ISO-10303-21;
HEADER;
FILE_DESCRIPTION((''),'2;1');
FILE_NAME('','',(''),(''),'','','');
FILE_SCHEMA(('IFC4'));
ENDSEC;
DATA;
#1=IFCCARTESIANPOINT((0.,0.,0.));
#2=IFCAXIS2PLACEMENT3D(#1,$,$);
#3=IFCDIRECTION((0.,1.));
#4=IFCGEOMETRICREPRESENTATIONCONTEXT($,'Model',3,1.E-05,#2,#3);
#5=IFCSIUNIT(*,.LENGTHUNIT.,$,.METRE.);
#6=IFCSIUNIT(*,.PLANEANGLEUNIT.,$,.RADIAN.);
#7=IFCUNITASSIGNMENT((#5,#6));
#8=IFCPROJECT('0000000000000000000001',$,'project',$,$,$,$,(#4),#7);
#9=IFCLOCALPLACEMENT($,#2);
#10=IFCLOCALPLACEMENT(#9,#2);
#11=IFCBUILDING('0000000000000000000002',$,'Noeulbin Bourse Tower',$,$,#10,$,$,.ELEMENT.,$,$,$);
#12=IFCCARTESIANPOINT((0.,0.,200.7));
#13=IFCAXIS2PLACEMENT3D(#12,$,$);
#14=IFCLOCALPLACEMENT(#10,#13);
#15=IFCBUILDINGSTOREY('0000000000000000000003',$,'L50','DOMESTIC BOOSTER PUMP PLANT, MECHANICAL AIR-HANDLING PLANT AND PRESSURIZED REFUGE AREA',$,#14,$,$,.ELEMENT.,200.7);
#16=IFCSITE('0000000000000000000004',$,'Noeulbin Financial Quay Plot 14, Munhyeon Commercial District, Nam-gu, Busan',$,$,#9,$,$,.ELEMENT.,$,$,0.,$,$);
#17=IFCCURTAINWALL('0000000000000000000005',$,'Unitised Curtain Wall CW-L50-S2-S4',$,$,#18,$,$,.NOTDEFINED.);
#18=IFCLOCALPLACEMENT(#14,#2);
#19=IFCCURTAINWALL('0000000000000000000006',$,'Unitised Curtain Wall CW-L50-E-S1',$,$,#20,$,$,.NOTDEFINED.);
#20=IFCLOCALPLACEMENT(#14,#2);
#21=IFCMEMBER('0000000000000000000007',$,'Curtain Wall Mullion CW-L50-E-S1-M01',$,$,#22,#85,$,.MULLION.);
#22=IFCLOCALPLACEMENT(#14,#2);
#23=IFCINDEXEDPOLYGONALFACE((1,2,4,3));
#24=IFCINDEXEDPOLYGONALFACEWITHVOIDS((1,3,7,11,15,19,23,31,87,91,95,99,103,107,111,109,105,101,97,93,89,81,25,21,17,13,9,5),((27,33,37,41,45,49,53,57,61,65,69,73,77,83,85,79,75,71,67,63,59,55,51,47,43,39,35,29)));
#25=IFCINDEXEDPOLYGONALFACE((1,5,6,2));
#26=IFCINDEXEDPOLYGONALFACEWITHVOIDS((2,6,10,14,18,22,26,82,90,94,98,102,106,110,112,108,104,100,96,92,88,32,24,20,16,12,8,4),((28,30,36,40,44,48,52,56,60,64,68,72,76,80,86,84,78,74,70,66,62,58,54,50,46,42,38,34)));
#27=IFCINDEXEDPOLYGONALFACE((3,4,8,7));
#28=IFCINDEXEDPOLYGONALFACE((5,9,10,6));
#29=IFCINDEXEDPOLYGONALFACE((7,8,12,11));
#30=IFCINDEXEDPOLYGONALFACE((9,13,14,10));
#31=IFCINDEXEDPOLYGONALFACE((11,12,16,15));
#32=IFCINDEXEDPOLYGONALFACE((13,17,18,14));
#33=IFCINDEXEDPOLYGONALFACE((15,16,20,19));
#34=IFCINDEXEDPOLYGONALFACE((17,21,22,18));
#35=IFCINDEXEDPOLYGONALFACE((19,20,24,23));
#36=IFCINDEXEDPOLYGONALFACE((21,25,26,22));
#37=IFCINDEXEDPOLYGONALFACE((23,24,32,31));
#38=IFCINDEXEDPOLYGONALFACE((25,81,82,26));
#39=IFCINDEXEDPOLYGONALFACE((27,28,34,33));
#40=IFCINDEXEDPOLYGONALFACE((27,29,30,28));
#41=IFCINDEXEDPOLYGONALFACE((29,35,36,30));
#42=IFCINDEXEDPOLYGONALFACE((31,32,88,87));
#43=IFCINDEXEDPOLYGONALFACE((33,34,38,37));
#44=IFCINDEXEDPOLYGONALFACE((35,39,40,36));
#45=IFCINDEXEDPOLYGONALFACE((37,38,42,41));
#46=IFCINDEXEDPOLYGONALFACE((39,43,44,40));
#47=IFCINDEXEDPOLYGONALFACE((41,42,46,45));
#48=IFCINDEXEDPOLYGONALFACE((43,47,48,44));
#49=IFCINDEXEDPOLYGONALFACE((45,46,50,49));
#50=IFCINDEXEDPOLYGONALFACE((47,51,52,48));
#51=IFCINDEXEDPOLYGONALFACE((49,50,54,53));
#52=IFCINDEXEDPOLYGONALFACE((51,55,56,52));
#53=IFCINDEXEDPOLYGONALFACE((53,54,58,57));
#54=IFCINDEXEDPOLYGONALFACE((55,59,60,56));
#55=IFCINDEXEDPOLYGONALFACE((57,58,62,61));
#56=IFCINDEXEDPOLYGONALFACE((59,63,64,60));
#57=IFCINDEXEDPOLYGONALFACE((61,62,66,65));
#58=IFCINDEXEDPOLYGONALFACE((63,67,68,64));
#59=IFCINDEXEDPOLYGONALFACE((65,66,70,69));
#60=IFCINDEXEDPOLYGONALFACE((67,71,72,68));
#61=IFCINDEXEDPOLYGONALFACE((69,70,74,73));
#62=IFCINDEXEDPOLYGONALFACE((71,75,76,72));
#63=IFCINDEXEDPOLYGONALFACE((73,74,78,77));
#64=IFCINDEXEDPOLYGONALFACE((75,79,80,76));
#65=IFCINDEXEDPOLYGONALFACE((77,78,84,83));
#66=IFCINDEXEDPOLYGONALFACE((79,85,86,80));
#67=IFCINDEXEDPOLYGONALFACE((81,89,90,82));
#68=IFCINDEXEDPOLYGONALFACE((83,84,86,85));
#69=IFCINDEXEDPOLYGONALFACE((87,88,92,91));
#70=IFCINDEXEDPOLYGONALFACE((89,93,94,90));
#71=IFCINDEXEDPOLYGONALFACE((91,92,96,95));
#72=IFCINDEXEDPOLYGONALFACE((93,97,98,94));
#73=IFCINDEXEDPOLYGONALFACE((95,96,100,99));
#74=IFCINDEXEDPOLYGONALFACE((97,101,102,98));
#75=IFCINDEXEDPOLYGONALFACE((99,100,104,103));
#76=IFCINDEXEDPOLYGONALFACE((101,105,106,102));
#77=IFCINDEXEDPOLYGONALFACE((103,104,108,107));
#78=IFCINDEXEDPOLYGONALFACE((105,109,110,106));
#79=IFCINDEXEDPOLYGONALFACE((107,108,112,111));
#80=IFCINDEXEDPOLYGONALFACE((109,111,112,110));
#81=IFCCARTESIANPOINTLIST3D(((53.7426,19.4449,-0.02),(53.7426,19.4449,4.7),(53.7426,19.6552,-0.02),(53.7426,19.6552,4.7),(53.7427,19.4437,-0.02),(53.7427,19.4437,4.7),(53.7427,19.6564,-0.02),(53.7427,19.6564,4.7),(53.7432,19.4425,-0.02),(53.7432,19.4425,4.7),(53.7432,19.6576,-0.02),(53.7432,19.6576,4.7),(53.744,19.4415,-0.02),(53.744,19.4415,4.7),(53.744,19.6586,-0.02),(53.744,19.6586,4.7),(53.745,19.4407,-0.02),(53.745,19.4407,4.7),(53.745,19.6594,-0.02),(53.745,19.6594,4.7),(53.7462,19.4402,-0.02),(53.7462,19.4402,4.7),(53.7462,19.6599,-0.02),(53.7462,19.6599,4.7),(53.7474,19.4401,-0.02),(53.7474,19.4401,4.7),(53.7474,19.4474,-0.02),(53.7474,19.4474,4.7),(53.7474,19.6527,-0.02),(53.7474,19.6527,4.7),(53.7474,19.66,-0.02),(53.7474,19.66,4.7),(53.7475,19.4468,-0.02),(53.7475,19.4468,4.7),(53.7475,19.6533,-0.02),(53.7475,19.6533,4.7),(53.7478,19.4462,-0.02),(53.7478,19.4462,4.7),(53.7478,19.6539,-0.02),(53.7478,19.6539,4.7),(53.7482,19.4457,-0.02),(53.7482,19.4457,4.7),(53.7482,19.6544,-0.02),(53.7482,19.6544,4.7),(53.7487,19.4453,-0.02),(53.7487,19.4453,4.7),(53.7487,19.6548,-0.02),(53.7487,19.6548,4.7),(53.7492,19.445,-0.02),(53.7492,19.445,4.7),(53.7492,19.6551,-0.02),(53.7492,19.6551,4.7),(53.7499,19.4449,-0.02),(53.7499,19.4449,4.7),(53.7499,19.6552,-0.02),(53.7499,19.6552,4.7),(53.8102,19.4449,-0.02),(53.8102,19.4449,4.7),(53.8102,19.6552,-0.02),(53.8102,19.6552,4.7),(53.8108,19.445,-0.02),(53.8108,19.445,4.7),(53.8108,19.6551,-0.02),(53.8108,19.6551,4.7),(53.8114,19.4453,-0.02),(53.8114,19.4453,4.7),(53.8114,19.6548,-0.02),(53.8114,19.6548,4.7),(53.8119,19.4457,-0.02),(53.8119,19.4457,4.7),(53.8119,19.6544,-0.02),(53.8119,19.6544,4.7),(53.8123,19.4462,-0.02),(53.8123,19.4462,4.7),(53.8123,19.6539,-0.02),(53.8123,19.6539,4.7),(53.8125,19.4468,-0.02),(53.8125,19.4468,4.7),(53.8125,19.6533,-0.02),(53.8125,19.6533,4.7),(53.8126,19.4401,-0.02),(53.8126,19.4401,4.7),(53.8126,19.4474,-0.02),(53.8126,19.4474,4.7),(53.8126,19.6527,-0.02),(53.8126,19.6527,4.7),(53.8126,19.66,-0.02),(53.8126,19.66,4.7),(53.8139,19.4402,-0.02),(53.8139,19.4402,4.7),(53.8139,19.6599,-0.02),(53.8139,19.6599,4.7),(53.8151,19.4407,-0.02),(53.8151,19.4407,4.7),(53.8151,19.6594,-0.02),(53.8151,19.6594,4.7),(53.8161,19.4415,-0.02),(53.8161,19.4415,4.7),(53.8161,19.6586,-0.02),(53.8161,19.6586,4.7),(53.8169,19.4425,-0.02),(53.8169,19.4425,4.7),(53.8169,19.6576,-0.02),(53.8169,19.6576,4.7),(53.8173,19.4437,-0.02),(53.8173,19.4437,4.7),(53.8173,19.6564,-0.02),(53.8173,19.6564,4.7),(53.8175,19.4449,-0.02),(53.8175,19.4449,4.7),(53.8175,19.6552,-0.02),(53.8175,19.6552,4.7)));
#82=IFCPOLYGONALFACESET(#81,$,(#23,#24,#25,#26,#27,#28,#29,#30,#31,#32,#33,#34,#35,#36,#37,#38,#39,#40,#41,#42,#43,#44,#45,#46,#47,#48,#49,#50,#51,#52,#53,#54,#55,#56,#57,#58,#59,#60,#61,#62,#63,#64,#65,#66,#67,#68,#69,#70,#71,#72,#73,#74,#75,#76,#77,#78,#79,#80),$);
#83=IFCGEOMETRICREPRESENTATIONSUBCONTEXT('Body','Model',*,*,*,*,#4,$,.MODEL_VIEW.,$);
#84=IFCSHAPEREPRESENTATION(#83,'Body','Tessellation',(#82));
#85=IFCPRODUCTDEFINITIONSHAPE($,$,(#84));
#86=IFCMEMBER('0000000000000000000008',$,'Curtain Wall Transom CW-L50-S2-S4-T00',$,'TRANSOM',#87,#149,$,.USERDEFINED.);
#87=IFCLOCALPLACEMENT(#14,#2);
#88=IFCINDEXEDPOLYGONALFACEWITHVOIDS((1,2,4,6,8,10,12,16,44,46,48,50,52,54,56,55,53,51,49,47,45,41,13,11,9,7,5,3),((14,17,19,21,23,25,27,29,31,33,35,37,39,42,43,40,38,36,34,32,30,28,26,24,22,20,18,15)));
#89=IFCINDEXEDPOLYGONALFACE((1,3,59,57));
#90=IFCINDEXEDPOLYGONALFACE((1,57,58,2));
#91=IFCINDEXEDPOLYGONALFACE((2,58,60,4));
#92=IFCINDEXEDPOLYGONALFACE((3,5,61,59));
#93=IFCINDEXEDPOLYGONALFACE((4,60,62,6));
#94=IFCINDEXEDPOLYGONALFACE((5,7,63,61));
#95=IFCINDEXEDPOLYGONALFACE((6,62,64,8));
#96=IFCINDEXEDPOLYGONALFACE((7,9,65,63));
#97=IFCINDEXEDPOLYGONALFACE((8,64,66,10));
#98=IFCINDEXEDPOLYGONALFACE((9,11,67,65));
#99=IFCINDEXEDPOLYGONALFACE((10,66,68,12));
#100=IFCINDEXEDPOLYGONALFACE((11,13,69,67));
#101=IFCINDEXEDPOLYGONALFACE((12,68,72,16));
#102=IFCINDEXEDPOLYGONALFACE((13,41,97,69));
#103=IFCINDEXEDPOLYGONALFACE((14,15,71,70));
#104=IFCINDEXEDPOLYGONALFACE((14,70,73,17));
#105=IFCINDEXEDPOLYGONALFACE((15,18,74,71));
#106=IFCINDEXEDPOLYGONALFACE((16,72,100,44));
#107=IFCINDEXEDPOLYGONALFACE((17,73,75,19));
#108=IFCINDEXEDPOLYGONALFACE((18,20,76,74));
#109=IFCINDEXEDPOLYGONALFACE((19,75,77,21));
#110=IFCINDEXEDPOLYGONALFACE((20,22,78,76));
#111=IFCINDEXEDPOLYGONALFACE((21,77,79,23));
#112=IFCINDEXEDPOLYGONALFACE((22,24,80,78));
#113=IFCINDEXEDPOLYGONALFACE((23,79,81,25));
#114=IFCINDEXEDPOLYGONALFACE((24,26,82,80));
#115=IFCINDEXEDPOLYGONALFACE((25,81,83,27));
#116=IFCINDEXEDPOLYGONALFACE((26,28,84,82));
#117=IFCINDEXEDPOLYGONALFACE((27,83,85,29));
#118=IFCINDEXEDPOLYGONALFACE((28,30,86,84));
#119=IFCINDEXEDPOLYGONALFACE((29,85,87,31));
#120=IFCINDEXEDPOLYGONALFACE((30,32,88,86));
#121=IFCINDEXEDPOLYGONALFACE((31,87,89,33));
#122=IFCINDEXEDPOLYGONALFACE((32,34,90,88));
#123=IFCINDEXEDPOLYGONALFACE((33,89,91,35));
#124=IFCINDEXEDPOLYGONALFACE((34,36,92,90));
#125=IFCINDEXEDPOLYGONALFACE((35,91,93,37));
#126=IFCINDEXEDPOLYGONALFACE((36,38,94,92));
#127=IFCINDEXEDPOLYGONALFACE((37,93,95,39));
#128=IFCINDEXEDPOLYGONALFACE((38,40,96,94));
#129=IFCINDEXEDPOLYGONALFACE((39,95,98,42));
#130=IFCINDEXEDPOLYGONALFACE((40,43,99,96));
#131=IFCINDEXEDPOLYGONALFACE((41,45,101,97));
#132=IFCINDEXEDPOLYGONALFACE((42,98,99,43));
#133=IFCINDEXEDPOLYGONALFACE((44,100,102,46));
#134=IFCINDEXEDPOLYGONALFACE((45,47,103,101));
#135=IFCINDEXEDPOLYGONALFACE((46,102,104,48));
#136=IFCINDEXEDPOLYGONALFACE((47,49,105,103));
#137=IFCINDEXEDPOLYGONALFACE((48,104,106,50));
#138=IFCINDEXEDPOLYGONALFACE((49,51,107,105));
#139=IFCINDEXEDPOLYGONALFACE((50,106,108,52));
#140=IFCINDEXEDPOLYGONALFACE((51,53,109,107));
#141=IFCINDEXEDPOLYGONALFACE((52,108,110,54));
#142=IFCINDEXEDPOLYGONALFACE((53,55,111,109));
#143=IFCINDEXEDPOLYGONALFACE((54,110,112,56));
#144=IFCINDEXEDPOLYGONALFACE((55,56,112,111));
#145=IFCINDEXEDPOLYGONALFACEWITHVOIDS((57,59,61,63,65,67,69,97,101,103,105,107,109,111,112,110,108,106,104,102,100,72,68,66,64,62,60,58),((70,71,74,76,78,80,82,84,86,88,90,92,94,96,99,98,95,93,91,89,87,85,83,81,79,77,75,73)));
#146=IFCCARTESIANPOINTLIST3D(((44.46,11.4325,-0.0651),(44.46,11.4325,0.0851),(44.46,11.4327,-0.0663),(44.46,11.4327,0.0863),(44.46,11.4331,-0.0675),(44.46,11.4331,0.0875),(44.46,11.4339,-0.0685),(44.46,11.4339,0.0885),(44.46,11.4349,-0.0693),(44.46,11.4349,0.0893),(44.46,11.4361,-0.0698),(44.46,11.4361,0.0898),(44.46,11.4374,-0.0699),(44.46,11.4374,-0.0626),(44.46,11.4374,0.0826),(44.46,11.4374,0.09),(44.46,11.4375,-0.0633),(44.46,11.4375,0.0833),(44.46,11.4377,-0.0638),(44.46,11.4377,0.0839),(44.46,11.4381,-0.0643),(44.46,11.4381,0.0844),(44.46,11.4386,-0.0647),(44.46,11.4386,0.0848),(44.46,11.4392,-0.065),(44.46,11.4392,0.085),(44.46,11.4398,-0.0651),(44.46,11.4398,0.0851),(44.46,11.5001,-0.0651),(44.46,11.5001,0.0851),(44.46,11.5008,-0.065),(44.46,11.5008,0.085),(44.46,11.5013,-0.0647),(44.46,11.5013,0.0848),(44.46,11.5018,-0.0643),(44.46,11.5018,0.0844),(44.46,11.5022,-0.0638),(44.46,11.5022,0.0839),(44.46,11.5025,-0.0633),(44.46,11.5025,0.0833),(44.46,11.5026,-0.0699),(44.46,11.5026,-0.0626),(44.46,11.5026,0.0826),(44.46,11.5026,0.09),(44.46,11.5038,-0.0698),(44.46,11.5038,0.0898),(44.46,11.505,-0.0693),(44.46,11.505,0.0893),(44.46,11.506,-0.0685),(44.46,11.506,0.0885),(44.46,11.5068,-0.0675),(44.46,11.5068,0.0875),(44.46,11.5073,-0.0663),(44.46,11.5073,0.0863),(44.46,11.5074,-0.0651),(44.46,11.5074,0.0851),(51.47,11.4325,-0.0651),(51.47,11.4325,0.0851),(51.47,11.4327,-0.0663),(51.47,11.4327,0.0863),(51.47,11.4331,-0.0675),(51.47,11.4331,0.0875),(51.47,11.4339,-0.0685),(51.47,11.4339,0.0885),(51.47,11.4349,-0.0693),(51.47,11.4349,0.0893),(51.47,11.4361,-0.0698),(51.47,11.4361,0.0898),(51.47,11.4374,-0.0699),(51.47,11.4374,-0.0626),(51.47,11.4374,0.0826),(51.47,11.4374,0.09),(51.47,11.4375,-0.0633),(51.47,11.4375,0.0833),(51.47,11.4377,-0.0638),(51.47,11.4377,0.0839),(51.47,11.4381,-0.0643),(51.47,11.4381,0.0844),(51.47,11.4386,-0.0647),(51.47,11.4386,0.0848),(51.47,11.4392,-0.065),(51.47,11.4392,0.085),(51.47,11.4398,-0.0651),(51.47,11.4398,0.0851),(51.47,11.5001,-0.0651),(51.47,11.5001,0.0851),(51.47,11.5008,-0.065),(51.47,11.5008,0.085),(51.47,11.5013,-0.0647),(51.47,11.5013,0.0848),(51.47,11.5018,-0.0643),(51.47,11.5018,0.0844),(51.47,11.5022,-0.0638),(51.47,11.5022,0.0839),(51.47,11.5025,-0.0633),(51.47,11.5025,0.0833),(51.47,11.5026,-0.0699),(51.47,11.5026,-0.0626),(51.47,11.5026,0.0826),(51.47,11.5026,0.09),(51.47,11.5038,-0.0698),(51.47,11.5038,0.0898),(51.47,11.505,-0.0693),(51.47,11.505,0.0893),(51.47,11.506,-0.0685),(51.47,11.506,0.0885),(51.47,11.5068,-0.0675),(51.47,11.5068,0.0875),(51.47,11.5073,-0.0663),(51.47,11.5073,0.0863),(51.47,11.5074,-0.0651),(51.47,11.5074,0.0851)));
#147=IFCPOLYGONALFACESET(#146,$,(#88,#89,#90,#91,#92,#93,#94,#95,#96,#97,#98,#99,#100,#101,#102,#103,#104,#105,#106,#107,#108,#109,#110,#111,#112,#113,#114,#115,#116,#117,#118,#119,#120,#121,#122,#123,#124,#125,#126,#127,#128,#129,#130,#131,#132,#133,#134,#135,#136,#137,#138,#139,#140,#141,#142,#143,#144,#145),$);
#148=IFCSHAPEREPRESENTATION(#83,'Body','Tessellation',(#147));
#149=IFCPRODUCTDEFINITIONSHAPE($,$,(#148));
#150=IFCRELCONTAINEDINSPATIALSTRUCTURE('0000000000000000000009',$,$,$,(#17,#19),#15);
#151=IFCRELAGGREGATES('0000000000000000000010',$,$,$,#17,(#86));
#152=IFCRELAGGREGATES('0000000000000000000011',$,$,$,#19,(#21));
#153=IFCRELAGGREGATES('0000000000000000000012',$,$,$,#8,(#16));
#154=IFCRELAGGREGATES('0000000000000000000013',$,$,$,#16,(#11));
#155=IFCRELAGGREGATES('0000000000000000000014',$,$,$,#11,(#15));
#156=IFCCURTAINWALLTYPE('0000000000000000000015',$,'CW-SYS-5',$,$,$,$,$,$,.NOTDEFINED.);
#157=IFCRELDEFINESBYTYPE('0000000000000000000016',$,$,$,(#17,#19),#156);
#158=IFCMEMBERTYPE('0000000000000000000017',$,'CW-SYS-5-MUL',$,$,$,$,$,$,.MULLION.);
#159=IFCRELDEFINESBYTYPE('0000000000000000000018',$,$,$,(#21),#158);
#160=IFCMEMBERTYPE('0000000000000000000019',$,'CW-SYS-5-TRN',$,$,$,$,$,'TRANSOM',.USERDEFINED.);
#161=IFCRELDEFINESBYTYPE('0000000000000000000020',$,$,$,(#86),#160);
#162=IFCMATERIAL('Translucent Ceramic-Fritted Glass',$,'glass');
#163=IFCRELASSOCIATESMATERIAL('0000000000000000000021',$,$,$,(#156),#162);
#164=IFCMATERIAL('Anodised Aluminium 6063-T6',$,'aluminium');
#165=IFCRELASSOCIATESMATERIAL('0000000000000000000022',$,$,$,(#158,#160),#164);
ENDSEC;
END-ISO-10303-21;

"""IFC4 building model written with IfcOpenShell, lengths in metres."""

from ifc_helpers import new_model, si_unit, direction, frame, origin, origin_2d, place, context, subcontext, project, spatial, hollow_rectangle, extrude, material, material_profile, profile_set, type_object, element, aggregate, save


model = new_model("IFC4")

# Units and contexts
model_context = context("Model", 3, precision=1e-05, world=origin(), true_north=direction((0.0, 1.0)))
body_context = subcontext(model_context, "Body", "Model", "MODEL_VIEW")
ifc_project = project(units=[si_unit("LENGTHUNIT", "METRE"), si_unit("PLANEANGLEUNIT", "RADIAN")], contexts=[model_context])

# Site, building, storey
site_placement = place(None, origin())
site = spatial("IfcSite", under=ifc_project, at=site_placement, Name="Noeulbin Financial Quay Plot 14, Munhyeon Commercial District, Nam-gu, Busan", CompositionType="ELEMENT", RefElevation=0.0)
building_placement = place(site_placement, origin())
building = spatial("IfcBuilding", under=site, at=building_placement, Name="Noeulbin Bourse Tower", CompositionType="ELEMENT")
storey_placement = place(building_placement, frame((0.0, 0.0, 200.7)))
storey = spatial("IfcBuildingStorey", under=building, at=storey_placement, Name="L50", Description="DOMESTIC BOOSTER PUMP PLANT, MECHANICAL AIR-HANDLING PLANT AND PRESSURIZED REFUGE AREA", CompositionType="ELEMENT", Elevation=200.7)

# Curtain walls, member
ifc_material_1 = material(Name="Translucent Ceramic-Fritted Glass", Category="glass")
curtain_wall_type = type_object("IfcCurtainWallType", Name="CW-SYS-5", PredefinedType="NOTDEFINED", material=ifc_material_1)
curtain_wall_1_placement = place(storey_placement, origin())
curtain_wall_1 = element("IfcCurtainWall", 1, at=curtain_wall_1_placement, inside=storey, type_object=curtain_wall_type, Name="Unitised Curtain Wall CW-L50-S2-S4", PredefinedType="NOTDEFINED")
ifc_material_2 = material(Name="Anodised Aluminium 6063-T6", Category="aluminium")
ifc_material_profile_1 = material_profile(ifc_material_2, hollow_rectangle(XDim=0.075, YDim=0.22, WallThickness=0.0049, InnerFilletRadius=0.0024, OuterFilletRadius=0.0049, at=origin_2d()), Name="ALU-MULL-75x220x5", Category="LoadBearing")
ifc_profile_set_1 = profile_set([ifc_material_profile_1], Name="Anodised Aluminium 6063-T6")
member_type_1 = type_object("IfcMemberType", Name="CW-SYS-5-MUL", PredefinedType="MULLION", material=ifc_profile_set_1)
curtain_wall_2_placement = place(storey_placement, origin())
curtain_wall_2 = element("IfcCurtainWall", 2, at=curtain_wall_2_placement, inside=storey, type_object=curtain_wall_type, Name="Unitised Curtain Wall CW-L50-E-S1", PredefinedType="NOTDEFINED")
member_1_placement = place(storey_placement, frame((53.78, 19.55, -0.02), z_axis=(0.0, 0.0, 1.0), x_axis=(1.0, 0.0, 0.0)))
member_1 = element("IfcMember", 3, at=member_1_placement, type_object=member_type_1, Name="Curtain Wall Mullion CW-L50-E-S1-M01", PredefinedType="MULLION", context=body_context, shape_type="SweptSolid", body=[
    extrude(hollow_rectangle(XDim=0.075, YDim=0.22, WallThickness=0.0049, InnerFilletRadius=0.0024, OuterFilletRadius=0.0049, at=origin_2d()), origin(), (0.0, 0.0, 1.0), 4.72),
])

# Member
ifc_material_profile_2 = material_profile(ifc_material_2, hollow_rectangle(XDim=0.075, YDim=0.1599, WallThickness=0.0049, InnerFilletRadius=0.0024, OuterFilletRadius=0.0049, at=origin_2d()), Name="ALU-TRAN-75x160x5", Category="LoadBearing")
ifc_profile_set_2 = profile_set([ifc_material_profile_2], Name="Anodised Aluminium 6063-T6")
member_type_2 = type_object("IfcMemberType", Name="CW-SYS-5-TRN", ElementType="TRANSOM", PredefinedType="USERDEFINED", material=ifc_profile_set_2)
member_2_placement = place(storey_placement, frame((44.46, 11.47, 0.01), z_axis=(1.0, 0.0, 0.0), x_axis=(0.0, 1.0, 0.0)))
member_2 = element("IfcMember", 4, at=member_2_placement, type_object=member_type_2, Name="Curtain Wall Transom CW-L50-S2-S4-T00", ObjectType="TRANSOM", PredefinedType="USERDEFINED", context=body_context, shape_type="SweptSolid", body=[
    extrude(hollow_rectangle(XDim=0.075, YDim=0.1599, WallThickness=0.0049, InnerFilletRadius=0.0024, OuterFilletRadius=0.0049, at=origin_2d()), origin(), (0.0, 0.0, 1.0), 7.01),
])

aggregate(curtain_wall_1, [member_2])
aggregate(curtain_wall_2, [member_1])

save(model, "model.ifc")
